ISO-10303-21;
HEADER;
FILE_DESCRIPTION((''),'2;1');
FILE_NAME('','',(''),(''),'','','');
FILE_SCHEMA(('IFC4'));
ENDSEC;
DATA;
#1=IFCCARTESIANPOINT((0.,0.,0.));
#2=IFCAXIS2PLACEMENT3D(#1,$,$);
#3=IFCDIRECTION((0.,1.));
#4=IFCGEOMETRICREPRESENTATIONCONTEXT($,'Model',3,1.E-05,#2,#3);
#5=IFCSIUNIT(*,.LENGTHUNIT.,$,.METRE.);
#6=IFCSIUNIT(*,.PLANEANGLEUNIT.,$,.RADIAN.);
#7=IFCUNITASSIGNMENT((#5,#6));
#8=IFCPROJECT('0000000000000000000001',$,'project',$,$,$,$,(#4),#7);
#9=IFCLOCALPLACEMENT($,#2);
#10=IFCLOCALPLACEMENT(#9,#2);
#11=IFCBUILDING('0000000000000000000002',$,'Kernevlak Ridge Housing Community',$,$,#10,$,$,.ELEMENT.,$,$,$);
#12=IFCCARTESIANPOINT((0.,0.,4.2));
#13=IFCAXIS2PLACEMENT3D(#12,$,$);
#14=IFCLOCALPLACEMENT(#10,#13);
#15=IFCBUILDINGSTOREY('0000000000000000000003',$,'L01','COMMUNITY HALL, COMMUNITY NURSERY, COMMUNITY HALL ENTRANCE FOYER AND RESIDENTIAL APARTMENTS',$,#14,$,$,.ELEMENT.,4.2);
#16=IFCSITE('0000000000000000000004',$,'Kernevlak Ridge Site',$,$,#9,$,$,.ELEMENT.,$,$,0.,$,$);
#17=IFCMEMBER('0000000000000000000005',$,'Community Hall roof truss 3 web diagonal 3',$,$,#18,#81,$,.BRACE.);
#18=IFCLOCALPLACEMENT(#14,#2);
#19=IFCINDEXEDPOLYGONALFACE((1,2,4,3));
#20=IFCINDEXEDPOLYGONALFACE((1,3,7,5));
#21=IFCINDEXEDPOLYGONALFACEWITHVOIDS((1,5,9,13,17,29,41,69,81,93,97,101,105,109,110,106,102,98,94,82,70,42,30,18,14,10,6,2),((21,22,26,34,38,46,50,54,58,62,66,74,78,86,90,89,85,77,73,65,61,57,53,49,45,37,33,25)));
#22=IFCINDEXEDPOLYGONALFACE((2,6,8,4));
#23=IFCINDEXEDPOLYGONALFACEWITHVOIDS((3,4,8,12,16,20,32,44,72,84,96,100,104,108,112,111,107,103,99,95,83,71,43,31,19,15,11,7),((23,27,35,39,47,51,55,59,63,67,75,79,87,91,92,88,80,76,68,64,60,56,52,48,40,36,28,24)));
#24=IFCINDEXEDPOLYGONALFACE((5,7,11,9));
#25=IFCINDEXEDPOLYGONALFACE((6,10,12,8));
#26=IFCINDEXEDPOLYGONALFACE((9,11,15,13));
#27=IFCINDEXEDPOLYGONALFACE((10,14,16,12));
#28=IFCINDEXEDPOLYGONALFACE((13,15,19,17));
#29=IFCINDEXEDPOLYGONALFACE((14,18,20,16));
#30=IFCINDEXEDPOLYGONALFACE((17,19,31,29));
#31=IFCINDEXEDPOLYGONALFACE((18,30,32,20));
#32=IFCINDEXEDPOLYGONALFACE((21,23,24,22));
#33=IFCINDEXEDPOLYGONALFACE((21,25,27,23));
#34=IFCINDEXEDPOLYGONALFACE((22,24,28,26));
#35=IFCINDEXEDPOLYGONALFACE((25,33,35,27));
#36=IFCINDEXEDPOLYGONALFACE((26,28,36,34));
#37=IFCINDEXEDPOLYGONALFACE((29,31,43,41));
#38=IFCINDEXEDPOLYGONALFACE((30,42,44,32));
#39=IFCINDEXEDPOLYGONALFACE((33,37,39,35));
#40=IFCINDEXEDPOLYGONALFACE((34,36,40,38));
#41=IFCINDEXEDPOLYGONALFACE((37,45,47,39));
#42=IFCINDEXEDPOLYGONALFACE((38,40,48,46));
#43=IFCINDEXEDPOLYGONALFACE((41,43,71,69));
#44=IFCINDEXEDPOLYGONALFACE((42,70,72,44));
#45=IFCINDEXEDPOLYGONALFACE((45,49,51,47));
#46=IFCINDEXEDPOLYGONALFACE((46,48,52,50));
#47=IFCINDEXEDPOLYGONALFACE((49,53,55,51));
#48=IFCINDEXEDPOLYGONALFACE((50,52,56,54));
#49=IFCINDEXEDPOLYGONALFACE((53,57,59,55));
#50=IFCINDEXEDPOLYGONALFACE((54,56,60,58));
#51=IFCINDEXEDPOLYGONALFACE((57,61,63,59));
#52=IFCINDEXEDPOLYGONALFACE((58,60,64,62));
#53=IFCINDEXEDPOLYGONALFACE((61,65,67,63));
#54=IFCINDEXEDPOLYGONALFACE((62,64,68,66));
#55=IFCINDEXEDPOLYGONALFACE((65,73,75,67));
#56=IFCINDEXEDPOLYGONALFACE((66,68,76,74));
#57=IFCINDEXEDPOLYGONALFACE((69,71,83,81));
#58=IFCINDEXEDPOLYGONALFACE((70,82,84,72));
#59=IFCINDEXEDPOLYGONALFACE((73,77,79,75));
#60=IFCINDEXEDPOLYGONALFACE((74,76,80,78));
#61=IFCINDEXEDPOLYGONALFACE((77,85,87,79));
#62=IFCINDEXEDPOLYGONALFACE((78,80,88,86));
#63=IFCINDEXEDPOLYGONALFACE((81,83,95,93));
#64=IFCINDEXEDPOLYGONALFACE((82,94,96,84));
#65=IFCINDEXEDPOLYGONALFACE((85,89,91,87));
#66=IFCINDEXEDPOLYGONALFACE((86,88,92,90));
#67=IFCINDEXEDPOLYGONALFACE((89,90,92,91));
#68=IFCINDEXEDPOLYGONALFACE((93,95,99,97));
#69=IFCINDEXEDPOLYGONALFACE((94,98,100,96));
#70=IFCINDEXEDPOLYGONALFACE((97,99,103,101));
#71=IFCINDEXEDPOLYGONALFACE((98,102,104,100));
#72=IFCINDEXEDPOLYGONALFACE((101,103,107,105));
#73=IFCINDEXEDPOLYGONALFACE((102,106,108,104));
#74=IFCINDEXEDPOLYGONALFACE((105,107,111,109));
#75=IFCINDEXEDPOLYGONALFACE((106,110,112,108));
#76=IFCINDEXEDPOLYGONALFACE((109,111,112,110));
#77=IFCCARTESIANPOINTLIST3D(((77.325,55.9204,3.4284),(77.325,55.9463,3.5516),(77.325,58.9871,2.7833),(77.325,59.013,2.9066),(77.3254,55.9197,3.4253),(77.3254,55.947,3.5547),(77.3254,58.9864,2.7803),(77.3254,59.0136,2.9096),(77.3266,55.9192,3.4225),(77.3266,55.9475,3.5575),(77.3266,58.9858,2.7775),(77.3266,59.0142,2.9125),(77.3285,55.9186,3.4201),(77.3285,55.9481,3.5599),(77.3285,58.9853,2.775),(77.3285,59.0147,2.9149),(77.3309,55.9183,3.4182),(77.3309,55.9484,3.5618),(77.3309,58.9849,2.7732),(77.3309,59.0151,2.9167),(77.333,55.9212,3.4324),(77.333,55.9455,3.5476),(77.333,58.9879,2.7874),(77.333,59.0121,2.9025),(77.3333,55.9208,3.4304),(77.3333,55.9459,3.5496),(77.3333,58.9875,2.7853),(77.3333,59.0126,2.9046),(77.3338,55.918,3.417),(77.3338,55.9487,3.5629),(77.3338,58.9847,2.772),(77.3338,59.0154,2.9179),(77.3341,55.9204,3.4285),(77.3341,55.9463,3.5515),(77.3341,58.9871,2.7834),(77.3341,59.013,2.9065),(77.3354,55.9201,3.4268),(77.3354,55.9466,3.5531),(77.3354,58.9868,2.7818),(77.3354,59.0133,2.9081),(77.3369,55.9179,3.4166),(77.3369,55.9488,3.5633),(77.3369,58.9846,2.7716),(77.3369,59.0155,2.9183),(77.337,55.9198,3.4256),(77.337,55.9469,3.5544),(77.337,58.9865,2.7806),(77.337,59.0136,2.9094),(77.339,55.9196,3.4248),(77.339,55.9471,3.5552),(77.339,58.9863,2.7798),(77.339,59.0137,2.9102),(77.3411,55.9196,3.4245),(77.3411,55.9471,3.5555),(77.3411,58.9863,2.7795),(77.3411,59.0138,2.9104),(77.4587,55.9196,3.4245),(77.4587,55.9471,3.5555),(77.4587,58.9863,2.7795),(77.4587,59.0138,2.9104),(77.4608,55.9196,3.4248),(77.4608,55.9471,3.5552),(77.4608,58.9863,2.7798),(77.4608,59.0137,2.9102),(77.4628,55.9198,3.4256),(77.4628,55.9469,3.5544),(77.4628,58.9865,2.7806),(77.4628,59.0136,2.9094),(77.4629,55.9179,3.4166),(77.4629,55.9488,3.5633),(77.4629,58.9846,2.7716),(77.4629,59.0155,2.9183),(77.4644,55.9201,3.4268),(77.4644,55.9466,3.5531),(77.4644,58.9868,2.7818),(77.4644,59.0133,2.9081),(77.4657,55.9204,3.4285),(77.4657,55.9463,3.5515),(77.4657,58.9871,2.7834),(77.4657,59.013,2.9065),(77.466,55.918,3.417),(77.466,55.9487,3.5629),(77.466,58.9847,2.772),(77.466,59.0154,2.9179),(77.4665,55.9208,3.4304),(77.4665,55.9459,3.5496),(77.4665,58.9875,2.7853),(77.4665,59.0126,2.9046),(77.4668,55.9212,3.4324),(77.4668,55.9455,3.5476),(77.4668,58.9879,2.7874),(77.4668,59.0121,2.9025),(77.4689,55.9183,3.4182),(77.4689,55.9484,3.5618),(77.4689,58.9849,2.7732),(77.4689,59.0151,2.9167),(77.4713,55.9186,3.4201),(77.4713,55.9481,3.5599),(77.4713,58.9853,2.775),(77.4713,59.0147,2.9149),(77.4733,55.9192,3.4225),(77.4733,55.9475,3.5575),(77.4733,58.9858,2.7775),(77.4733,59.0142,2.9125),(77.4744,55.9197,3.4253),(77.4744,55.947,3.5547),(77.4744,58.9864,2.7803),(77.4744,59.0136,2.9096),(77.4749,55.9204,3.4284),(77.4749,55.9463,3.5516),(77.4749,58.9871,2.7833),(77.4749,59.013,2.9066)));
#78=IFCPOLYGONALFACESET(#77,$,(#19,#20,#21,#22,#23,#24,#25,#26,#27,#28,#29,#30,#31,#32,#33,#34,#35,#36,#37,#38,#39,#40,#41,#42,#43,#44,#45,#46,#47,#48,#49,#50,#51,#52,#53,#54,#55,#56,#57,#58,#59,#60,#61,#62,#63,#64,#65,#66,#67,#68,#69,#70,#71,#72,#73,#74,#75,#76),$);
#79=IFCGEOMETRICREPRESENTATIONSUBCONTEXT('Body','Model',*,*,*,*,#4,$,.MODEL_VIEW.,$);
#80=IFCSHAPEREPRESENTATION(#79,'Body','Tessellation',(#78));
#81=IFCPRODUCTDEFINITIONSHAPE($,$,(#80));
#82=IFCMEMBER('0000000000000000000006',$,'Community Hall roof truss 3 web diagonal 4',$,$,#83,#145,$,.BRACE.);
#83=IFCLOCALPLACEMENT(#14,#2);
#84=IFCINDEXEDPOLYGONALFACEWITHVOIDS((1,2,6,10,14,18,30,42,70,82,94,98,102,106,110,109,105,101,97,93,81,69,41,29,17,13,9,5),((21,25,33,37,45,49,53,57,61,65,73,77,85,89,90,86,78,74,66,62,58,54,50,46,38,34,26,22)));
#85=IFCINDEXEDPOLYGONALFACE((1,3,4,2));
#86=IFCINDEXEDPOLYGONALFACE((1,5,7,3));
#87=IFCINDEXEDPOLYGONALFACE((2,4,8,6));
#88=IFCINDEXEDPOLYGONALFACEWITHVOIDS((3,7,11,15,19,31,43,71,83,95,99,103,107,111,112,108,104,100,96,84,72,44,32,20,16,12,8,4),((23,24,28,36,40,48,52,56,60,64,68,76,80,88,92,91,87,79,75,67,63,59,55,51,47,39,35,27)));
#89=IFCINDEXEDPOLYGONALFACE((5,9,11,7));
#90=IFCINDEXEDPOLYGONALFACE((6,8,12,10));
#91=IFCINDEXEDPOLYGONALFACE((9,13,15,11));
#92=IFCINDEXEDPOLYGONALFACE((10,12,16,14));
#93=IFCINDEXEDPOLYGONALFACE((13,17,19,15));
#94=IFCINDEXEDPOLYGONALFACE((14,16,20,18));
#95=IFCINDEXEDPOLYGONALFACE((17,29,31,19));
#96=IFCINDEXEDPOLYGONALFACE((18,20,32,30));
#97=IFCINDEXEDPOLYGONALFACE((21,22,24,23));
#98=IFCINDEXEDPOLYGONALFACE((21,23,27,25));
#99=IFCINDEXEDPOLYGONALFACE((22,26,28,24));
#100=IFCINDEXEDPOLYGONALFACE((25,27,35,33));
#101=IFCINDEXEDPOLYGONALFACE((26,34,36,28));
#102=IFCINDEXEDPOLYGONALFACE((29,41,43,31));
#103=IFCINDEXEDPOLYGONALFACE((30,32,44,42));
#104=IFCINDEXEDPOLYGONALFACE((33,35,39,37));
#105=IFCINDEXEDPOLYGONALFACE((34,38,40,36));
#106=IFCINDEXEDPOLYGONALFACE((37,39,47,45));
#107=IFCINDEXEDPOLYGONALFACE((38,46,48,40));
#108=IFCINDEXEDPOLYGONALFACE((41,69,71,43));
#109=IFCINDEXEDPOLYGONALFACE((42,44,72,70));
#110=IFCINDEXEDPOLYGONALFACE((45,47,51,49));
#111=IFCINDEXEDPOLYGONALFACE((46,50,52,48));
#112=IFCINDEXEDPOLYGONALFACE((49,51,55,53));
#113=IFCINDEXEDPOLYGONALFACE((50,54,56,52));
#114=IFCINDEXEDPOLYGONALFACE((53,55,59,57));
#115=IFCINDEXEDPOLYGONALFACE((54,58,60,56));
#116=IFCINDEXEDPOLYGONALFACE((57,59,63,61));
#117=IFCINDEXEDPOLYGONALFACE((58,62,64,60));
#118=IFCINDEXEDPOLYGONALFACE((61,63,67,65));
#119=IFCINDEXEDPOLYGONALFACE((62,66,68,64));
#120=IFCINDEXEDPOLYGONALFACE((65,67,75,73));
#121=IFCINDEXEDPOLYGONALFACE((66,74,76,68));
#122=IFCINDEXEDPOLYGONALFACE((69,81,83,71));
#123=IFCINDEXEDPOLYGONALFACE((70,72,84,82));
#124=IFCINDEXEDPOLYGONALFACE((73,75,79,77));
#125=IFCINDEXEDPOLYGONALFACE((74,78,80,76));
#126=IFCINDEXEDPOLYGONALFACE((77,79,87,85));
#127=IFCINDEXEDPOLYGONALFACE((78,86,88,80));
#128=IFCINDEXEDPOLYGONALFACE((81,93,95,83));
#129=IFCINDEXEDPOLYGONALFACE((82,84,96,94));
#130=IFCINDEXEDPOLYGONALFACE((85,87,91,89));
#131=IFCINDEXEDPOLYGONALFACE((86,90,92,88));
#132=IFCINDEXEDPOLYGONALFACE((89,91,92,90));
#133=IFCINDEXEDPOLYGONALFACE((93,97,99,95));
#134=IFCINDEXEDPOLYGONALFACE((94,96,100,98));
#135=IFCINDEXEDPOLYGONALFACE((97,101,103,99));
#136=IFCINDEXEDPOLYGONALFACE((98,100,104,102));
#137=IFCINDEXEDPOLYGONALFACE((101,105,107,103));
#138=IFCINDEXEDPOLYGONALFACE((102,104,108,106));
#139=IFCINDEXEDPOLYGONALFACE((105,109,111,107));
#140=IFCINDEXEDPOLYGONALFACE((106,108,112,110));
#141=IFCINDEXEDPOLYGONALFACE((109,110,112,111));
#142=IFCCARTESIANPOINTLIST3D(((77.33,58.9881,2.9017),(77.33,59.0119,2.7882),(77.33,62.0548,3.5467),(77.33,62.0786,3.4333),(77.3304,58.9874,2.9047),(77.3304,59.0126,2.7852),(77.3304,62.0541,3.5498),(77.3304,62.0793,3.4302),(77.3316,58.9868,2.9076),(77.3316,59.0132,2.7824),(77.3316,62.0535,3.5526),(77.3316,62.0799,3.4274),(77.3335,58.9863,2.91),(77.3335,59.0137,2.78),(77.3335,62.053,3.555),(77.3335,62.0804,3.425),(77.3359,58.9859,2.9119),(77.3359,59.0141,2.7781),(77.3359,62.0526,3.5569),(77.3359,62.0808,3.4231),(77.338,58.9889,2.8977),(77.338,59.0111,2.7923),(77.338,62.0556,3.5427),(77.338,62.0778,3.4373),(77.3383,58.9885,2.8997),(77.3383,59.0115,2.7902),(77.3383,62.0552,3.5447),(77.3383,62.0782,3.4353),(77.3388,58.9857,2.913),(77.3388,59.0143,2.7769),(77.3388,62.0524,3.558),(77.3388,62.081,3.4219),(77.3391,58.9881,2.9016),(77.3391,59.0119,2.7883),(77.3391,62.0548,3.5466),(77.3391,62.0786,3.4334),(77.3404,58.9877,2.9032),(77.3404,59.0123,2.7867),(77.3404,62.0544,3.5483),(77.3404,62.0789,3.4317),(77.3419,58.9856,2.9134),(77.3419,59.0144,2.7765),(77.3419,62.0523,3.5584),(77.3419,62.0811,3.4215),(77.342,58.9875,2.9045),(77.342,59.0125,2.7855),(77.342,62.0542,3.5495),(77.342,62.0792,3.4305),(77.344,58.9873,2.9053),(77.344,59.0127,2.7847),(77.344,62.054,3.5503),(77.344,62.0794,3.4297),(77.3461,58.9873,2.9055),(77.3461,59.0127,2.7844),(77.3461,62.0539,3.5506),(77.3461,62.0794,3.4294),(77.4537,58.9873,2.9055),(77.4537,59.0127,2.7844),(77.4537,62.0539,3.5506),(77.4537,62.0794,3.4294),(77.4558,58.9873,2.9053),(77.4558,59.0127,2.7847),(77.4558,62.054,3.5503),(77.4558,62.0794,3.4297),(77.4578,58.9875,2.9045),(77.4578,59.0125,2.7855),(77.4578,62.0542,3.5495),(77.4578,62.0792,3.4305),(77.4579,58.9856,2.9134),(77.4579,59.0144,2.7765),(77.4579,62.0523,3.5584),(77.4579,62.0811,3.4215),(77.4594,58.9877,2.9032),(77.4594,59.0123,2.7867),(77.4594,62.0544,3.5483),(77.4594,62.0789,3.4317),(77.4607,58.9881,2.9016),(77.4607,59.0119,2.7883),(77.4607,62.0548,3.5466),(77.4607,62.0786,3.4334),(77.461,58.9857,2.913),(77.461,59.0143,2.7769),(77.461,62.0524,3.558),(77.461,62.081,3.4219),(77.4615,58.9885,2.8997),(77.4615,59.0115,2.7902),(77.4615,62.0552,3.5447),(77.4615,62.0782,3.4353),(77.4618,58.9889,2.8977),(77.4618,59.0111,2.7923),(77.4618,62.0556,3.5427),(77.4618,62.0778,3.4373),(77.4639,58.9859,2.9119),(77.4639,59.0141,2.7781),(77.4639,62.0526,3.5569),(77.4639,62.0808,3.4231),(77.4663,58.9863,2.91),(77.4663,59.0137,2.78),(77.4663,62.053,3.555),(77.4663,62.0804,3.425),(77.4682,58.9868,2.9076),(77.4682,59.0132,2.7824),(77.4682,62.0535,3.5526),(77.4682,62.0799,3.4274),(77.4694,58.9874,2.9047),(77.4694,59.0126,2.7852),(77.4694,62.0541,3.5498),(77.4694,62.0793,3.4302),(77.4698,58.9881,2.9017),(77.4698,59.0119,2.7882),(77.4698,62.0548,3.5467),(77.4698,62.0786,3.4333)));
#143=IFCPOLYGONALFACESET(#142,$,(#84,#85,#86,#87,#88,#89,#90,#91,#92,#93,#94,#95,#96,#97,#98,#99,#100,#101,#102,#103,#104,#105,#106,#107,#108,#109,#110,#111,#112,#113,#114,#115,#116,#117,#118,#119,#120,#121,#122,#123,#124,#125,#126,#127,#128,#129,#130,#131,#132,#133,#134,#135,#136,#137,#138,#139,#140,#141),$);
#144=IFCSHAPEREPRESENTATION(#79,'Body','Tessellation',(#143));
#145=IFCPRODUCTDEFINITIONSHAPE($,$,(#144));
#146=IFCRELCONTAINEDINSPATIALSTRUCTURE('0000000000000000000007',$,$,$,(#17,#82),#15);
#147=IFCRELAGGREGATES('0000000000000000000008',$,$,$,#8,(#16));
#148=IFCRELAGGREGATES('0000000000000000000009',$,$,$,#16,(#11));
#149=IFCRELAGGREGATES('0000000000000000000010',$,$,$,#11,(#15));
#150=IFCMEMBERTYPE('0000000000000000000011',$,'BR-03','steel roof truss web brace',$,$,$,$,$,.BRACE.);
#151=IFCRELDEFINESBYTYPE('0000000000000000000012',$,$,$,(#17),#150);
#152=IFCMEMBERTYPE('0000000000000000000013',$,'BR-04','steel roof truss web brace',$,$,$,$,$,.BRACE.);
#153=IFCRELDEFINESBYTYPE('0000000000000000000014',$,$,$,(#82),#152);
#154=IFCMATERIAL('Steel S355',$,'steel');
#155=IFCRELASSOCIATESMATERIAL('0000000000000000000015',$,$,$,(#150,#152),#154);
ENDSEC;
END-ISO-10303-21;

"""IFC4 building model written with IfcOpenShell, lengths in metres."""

from ifc_helpers import new_model, si_unit, direction, frame, origin, origin_2d, place, context, subcontext, project, spatial, hollow_rectangle, extrude, material, material_profile, profile_set, type_object, element, save


model = new_model("IFC4")

# Units and contexts
model_context = context("Model", 3, precision=1e-05, world=origin(), true_north=direction((0.0, 1.0)))
body_context = subcontext(model_context, "Body", "Model", "MODEL_VIEW")
ifc_project = project(units=[si_unit("LENGTHUNIT", "METRE"), si_unit("PLANEANGLEUNIT", "RADIAN")], contexts=[model_context])

# Site, building, storey
site_placement = place(None, origin())
site = spatial("IfcSite", under=ifc_project, at=site_placement, Name="Kernevlak Ridge Site", CompositionType="ELEMENT", RefElevation=0.0)
building_placement = place(site_placement, origin())
building = spatial("IfcBuilding", under=site, at=building_placement, Name="Kernevlak Ridge Housing Community", CompositionType="ELEMENT")
storey_placement = place(building_placement, frame((0.0, 0.0, 4.2)))
storey = spatial("IfcBuildingStorey", under=building, at=storey_placement, Name="L01", Description="COMMUNITY HALL, COMMUNITY NURSERY, COMMUNITY HALL ENTRANCE FOYER AND RESIDENTIAL APARTMENTS", CompositionType="ELEMENT", Elevation=4.2)

# Members
ifc_material = material(Name="Steel S355", Category="steel")
ifc_material_profile_1 = material_profile(ifc_material, hollow_rectangle(XDim=0.1499, YDim=0.1499, WallThickness=0.0081, InnerFilletRadius=0.0081, OuterFilletRadius=0.012, at=origin_2d()), Name="SHS 150x150x8")
ifc_profile_set_1 = profile_set([ifc_material_profile_1], Name="Steel S355")
member_type_1 = type_object("IfcMemberType", Name="BR-03", Description="steel roof truss web brace", PredefinedType="BRACE", material=ifc_profile_set_1)
member_1_placement = place(storey_placement, frame((77.3999, 55.9333, 3.49), z_axis=(0.0, 0.978588, -0.20583), x_axis=(-1.0, 0.0, 0.0)))
element("IfcMember", 1, at=member_1_placement, inside=storey, type_object=member_type_1, Name="Community Hall roof truss 3 web diagonal 3", PredefinedType="BRACE", context=body_context, shape_type="SweptSolid", body=[
    extrude(hollow_rectangle(XDim=0.1499, YDim=0.1499, WallThickness=0.0081, InnerFilletRadius=0.0081, OuterFilletRadius=0.012, at=origin_2d()), origin(), (0.0, 0.0, 1.0), 3.1338),
])
ifc_material_profile_2 = material_profile(ifc_material, hollow_rectangle(XDim=0.1399, YDim=0.1399, WallThickness=0.0081, InnerFilletRadius=0.0081, OuterFilletRadius=0.012, at=origin_2d()), Name="SHS 140x140x8")
ifc_profile_set_2 = profile_set([ifc_material_profile_2], Name="Steel S355")
member_type_2 = type_object("IfcMemberType", Name="BR-04", Description="steel roof truss web brace", PredefinedType="BRACE", material=ifc_profile_set_2)
member_2_placement = place(storey_placement, frame((77.3999, 59.0, 2.845), z_axis=(0.0, 0.978588, 0.20583), x_axis=(-1.0, 0.0, 0.0)))
element("IfcMember", 2, at=member_2_placement, inside=storey, type_object=member_type_2, Name="Community Hall roof truss 3 web diagonal 4", PredefinedType="BRACE", context=body_context, shape_type="SweptSolid", body=[
    extrude(hollow_rectangle(XDim=0.1399, YDim=0.1399, WallThickness=0.0081, InnerFilletRadius=0.0081, OuterFilletRadius=0.012, at=origin_2d()), origin(), (0.0, 0.0, 1.0), 3.1338),
])

save(model, "model.ifc")
